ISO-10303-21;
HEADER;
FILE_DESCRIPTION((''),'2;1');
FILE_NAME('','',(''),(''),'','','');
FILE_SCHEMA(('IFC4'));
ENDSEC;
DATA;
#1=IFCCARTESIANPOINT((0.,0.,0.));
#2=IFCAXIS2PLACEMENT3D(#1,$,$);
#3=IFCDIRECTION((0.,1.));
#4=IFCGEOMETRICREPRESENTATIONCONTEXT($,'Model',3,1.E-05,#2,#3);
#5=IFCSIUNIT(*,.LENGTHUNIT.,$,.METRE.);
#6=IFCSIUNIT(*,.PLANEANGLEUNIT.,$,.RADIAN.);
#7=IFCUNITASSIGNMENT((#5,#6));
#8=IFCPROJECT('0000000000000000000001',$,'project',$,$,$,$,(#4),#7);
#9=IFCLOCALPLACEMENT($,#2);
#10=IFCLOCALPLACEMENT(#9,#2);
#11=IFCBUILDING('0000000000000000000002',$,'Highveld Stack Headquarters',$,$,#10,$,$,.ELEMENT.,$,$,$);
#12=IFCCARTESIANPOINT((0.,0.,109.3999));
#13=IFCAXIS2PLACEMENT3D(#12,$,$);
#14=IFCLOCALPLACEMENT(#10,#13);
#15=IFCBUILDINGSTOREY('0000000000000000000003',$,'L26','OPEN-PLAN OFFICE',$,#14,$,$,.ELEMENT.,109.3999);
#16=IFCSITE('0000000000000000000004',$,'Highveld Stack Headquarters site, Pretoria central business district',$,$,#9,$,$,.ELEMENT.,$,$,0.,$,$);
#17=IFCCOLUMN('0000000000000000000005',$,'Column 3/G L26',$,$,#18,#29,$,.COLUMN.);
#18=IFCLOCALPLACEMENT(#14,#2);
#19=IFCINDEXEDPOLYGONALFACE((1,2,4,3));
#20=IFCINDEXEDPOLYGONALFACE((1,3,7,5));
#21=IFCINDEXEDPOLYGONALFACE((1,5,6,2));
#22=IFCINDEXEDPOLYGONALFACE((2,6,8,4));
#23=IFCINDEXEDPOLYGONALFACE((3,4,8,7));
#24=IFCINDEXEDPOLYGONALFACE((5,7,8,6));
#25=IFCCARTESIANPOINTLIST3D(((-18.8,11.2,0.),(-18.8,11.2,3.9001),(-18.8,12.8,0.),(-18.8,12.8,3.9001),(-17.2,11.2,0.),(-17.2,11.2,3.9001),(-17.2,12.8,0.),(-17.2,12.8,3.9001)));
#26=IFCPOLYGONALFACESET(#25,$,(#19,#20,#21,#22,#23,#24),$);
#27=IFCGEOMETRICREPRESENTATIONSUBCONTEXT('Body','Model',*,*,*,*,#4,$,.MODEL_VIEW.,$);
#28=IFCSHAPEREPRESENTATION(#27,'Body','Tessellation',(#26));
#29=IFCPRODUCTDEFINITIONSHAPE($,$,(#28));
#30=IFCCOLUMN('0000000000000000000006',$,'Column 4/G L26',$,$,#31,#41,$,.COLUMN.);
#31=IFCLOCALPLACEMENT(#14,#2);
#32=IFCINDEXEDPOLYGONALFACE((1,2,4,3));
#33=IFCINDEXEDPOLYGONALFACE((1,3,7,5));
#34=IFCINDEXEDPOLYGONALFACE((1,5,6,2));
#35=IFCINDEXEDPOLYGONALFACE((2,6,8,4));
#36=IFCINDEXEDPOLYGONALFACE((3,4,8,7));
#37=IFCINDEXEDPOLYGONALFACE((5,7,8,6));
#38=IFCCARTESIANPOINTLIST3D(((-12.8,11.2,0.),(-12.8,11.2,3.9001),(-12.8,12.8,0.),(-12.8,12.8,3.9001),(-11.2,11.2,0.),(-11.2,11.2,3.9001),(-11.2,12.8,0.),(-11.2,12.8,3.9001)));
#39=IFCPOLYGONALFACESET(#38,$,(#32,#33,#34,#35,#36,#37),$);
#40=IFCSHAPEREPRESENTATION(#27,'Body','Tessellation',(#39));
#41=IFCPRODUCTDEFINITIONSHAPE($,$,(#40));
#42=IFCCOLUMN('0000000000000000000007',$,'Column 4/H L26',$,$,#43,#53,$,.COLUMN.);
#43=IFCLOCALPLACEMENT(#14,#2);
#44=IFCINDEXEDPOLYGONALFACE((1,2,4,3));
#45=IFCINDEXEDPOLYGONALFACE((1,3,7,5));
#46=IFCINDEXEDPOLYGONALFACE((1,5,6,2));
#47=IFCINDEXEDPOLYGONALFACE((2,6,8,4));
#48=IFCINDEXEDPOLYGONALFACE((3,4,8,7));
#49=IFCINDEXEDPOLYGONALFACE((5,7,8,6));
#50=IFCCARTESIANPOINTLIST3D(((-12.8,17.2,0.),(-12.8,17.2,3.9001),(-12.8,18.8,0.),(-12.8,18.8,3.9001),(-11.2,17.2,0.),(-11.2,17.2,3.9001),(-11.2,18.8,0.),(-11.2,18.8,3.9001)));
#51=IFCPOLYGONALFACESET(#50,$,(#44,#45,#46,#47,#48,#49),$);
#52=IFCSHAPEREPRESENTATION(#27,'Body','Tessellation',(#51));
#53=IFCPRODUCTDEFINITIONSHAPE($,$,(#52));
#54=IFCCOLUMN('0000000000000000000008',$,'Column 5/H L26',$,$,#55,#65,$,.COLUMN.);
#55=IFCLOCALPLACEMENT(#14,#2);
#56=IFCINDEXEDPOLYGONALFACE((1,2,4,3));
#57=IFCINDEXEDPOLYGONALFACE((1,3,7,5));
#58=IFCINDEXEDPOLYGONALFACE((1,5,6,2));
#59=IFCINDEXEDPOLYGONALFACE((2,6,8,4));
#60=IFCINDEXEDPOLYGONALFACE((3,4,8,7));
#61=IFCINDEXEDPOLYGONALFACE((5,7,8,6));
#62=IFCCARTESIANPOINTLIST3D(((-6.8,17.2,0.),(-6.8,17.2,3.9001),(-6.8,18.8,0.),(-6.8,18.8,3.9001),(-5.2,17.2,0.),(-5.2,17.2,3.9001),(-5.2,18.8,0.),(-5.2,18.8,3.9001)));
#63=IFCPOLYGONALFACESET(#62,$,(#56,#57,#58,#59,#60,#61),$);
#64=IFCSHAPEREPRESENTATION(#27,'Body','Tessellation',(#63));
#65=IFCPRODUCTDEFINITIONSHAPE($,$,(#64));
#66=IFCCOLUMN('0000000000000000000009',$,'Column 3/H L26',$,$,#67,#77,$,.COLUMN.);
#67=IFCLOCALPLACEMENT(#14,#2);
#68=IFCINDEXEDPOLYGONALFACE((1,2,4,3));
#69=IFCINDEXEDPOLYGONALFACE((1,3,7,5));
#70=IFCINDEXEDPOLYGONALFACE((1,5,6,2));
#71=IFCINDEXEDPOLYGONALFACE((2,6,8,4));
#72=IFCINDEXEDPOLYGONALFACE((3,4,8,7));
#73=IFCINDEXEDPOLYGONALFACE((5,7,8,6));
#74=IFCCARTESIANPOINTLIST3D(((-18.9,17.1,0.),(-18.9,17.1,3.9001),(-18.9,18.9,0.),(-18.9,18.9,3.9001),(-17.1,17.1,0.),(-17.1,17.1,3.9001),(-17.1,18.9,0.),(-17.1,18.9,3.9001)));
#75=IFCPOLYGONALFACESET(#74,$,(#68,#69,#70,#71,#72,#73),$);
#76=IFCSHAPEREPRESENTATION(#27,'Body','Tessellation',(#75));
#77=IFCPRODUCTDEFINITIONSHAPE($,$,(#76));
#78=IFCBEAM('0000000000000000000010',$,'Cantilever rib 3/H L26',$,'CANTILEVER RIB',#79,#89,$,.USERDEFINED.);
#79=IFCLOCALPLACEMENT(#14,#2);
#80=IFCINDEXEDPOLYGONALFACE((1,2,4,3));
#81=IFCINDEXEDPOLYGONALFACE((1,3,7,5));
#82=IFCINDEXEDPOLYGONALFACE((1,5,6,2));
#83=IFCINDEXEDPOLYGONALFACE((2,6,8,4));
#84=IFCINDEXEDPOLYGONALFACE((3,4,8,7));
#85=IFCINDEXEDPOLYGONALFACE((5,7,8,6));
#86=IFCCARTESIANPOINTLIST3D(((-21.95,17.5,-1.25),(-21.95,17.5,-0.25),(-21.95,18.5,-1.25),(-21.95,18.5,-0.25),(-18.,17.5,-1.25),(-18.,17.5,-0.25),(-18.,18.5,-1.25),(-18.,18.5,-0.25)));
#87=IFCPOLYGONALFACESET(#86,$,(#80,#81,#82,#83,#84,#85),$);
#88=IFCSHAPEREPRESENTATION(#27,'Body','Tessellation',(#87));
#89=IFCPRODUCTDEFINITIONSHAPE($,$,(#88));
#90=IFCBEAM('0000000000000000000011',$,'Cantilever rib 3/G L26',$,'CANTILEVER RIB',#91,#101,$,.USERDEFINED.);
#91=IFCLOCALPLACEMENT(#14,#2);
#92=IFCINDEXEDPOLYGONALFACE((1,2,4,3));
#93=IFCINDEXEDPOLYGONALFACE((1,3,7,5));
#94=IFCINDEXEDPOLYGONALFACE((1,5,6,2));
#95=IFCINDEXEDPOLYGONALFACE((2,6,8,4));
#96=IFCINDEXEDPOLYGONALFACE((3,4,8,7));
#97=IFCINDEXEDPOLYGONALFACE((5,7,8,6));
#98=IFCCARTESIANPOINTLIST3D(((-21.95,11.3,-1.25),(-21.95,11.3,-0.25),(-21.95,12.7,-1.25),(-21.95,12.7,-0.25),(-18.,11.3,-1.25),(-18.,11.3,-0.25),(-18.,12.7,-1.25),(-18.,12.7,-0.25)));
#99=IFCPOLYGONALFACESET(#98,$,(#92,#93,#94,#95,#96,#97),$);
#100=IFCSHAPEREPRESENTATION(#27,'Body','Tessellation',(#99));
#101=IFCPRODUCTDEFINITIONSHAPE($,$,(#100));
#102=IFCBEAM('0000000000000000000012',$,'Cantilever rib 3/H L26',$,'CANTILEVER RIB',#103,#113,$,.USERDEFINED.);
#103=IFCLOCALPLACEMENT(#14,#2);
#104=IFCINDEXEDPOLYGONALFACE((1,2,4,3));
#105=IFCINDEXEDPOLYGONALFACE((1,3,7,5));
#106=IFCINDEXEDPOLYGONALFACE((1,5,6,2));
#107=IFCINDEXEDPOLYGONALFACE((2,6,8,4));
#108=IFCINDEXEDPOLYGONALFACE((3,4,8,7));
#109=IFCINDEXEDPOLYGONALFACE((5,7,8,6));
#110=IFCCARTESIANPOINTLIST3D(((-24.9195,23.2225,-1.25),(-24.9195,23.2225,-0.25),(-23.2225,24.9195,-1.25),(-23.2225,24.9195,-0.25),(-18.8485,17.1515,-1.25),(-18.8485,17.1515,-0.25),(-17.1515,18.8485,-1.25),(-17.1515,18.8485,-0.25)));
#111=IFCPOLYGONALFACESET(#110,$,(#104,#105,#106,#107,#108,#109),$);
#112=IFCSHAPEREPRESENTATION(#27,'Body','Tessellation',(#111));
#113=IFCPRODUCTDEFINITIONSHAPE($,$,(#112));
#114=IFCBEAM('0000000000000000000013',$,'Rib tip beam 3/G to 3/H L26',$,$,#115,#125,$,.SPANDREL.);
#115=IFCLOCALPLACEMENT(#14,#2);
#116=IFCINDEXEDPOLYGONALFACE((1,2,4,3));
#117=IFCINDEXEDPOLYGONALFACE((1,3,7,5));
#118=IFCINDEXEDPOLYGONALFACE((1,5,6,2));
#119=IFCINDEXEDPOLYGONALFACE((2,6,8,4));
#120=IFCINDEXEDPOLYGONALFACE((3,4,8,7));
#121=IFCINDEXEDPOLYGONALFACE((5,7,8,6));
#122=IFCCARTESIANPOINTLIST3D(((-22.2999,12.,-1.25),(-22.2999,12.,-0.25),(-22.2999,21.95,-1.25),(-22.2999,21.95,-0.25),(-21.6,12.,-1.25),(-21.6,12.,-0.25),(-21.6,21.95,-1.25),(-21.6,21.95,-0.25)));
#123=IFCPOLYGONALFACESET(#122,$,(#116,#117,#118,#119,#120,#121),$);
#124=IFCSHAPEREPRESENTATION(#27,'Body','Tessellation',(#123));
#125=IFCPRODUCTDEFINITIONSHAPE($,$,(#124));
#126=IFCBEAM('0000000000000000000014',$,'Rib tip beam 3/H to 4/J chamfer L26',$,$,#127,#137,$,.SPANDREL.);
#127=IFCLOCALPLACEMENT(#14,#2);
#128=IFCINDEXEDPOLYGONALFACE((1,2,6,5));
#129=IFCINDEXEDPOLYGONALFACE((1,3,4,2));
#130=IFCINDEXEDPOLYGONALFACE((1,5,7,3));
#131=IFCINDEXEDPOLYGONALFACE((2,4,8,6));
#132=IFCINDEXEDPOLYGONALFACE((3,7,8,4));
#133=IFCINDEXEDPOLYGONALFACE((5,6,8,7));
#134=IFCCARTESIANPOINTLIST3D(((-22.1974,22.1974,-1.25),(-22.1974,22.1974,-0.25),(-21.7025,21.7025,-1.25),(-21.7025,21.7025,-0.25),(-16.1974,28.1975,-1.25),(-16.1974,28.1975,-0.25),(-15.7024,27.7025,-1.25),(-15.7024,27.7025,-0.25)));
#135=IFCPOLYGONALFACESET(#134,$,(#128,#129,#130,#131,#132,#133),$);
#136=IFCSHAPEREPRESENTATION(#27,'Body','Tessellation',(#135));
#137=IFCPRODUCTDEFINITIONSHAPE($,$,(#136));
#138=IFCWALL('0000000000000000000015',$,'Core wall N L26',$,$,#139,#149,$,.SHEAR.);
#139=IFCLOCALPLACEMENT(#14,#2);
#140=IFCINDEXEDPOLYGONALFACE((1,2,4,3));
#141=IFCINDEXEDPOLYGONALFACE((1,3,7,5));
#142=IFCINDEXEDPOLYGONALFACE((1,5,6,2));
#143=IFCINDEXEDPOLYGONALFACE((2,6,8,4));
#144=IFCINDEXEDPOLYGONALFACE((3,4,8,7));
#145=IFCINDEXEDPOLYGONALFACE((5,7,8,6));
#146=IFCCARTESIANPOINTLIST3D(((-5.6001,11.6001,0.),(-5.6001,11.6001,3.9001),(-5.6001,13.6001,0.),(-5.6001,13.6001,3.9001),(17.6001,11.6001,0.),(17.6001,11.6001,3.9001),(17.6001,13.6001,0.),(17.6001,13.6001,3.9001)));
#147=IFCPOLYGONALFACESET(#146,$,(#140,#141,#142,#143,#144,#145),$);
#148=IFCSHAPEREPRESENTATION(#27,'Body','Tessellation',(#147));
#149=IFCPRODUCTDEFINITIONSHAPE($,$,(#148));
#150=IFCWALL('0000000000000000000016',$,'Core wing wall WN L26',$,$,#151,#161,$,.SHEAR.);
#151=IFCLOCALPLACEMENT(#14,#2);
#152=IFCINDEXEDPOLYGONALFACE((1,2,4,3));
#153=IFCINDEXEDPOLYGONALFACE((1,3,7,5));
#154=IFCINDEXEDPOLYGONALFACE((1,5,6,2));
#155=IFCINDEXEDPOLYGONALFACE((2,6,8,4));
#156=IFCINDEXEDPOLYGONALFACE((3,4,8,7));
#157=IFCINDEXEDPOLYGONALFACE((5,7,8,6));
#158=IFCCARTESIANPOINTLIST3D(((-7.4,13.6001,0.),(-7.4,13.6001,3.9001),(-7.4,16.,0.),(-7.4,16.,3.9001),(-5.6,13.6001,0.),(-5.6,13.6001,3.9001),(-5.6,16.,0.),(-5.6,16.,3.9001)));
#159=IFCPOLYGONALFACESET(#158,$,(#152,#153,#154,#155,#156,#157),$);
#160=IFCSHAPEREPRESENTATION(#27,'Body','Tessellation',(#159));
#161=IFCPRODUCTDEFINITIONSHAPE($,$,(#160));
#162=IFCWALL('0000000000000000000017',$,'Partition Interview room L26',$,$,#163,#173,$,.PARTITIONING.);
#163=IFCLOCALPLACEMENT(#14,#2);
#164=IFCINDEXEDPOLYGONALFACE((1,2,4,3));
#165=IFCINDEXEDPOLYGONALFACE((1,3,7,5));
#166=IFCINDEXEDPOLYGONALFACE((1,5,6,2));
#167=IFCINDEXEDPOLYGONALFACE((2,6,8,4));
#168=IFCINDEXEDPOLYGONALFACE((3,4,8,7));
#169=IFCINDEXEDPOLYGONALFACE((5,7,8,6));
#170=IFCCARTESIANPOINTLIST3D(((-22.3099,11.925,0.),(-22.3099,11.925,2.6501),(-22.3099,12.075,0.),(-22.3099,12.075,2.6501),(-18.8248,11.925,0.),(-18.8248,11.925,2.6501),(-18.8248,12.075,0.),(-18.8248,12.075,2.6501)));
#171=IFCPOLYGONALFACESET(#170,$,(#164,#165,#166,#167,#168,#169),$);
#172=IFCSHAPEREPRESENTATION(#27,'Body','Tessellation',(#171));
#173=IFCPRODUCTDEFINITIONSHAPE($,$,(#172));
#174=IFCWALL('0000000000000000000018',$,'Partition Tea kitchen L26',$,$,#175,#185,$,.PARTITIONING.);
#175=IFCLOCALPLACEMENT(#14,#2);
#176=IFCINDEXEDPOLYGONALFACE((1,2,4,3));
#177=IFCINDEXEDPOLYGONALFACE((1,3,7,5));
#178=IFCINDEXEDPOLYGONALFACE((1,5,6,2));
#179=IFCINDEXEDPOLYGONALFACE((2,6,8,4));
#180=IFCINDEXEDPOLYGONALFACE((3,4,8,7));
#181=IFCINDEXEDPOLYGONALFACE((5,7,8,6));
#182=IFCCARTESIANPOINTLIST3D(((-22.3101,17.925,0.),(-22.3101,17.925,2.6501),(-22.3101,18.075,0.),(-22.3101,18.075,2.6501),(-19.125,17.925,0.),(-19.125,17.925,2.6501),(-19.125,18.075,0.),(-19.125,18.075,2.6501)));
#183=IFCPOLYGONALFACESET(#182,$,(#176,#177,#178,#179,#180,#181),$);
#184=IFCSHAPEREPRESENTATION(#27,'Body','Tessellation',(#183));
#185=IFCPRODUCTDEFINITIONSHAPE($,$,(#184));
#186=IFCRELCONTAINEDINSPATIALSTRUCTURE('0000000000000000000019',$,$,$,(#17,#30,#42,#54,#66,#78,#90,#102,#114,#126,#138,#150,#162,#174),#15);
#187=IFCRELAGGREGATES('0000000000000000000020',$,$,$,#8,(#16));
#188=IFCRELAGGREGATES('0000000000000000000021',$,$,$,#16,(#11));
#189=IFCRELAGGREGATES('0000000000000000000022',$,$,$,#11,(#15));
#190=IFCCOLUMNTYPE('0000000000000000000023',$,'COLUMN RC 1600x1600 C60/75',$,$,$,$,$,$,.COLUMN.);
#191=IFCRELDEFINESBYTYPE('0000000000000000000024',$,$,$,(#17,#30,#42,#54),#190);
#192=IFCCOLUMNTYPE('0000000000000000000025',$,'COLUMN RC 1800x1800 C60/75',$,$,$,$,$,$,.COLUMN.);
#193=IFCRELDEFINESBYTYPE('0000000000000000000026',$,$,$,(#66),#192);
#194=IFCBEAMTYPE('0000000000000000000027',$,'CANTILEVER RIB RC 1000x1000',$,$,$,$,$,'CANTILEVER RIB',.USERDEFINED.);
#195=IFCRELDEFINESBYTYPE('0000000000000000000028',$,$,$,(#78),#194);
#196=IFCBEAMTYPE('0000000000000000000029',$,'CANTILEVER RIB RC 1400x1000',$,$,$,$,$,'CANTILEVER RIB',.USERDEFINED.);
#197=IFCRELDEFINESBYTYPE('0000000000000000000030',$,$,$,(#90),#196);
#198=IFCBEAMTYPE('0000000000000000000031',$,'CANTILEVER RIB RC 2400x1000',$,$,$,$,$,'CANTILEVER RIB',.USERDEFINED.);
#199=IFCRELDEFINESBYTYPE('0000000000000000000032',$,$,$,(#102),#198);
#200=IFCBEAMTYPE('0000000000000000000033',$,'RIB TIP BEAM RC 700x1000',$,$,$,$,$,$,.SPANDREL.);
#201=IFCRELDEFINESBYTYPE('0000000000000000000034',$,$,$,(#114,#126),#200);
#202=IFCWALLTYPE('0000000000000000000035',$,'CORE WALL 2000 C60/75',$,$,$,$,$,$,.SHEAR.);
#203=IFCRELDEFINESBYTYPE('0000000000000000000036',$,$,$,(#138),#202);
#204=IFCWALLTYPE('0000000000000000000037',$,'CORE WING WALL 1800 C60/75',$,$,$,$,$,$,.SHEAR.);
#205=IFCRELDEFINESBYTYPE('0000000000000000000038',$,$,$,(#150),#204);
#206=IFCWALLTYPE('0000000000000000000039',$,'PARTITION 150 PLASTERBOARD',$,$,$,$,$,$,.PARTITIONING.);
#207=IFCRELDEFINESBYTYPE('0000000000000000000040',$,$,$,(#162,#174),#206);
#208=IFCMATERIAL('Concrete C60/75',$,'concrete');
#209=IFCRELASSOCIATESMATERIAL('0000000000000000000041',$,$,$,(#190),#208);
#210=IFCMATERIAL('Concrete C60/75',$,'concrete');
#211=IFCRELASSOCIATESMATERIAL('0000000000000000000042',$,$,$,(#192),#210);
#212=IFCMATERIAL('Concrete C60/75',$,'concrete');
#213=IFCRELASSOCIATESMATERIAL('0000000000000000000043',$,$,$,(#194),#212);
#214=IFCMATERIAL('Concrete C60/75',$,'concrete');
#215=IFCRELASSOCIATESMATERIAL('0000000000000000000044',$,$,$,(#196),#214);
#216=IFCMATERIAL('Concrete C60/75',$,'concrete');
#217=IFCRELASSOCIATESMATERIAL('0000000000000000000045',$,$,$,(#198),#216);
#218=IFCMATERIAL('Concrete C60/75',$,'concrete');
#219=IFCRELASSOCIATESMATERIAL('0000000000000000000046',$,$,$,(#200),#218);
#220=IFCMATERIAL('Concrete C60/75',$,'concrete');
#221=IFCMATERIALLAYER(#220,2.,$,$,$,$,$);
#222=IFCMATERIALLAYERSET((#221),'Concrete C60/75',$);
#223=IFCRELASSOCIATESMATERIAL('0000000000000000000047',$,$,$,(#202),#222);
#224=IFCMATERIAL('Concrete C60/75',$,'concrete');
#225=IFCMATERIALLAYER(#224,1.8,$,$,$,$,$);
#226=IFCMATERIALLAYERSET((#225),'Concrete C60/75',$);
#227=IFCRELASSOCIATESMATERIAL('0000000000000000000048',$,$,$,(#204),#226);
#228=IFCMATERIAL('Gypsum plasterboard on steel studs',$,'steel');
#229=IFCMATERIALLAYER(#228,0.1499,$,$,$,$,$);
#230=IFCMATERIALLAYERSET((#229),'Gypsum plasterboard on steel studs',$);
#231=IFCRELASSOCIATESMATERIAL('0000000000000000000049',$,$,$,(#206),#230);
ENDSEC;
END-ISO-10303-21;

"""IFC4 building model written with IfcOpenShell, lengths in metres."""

from ifc_helpers import new_model, si_unit, direction, frame, frame_2d, origin, origin_2d, place, context, subcontext, project, spatial, rectangle, extrude, material, layer, layer_set, material_profile, profile_set, type_object, element, save


model = new_model("IFC4")

# Units and contexts
model_context = context("Model", 3, precision=1e-05, world=origin(), true_north=direction((0.0, 1.0)))
body_context = subcontext(model_context, "Body", "Model", "MODEL_VIEW")
ifc_project = project(units=[si_unit("LENGTHUNIT", "METRE"), si_unit("PLANEANGLEUNIT", "RADIAN")], contexts=[model_context])

# Site, building, storey
site_placement = place(None, origin())
site = spatial("IfcSite", under=ifc_project, at=site_placement, Name="Highveld Stack Headquarters site, Pretoria central business district", CompositionType="ELEMENT", RefElevation=0.0)
building_placement = place(site_placement, origin())
building = spatial("IfcBuilding", under=site, at=building_placement, Name="Highveld Stack Headquarters", CompositionType="ELEMENT")
storey_placement = place(building_placement, frame((0.0, 0.0, 109.3999)))
storey = spatial("IfcBuildingStorey", under=building, at=storey_placement, Name="L26", Description="OPEN-PLAN OFFICE", CompositionType="ELEMENT", Elevation=109.3999)

# Columns
ifc_material_1 = material(Name="Concrete C60/75", Category="concrete")
ifc_material_profile_1 = material_profile(ifc_material_1, rectangle(XDim=1.6001, YDim=1.6001, at=origin_2d()), Name="RC 1600x1600")
ifc_profile_set_1 = profile_set([ifc_material_profile_1], Name="Concrete C60/75")
column_type_1 = type_object("IfcColumnType", Name="COLUMN RC 1600x1600 C60/75", PredefinedType="COLUMN", material=ifc_profile_set_1)
for number, where, z_axis, x_axis, name in (
    (1, (-18.0, 12.0, 0.0), (0.0, 0.0, 1.0), (1.0, 0.0, 0.0), "Column 3/G L26"),
    (2, (-12.0, 12.0, 0.0), (0.0, 0.0, 1.0), (1.0, 0.0, 0.0), "Column 4/G L26"),
    (3, (-12.0, 18.0, 0.0), (0.0, 0.0, 1.0), (1.0, 0.0, 0.0), "Column 4/H L26"),
    (4, (-6.0, 18.0, 0.0), (0.0, 0.0, 1.0), (1.0, 0.0, 0.0), "Column 5/H L26"),
):
    element("IfcColumn", number, at=place(storey_placement, frame(where, z_axis=z_axis, x_axis=x_axis)), inside=storey, type_object=column_type_1, Name=name, PredefinedType="COLUMN", context=body_context, shape_type="SweptSolid", body=[
        extrude(rectangle(XDim=1.6001, YDim=1.6001, at=origin_2d()), origin(), (0.0, 0.0, 1.0), 3.9001),
    ])
ifc_material_2 = material(Name="Concrete C60/75", Category="concrete")
ifc_material_profile_2 = material_profile(ifc_material_2, rectangle(XDim=1.8, YDim=1.8, at=origin_2d()), Name="RC 1800x1800")
ifc_profile_set_2 = profile_set([ifc_material_profile_2], Name="Concrete C60/75")
column_type_2 = type_object("IfcColumnType", Name="COLUMN RC 1800x1800 C60/75", PredefinedType="COLUMN", material=ifc_profile_set_2)
column_placement = place(storey_placement, frame((-18.0, 18.0, 0.0), z_axis=(0.0, 0.0, 1.0), x_axis=(1.0, 0.0, 0.0)))
element("IfcColumn", 5, at=column_placement, inside=storey, type_object=column_type_2, Name="Column 3/H L26", PredefinedType="COLUMN", context=body_context, shape_type="SweptSolid", body=[
    extrude(rectangle(XDim=1.8, YDim=1.8, at=origin_2d()), origin(), (0.0, 0.0, 1.0), 3.9001),
])

# Beams
ifc_material_3 = material(Name="Concrete C60/75", Category="concrete")
ifc_material_profile_3 = material_profile(ifc_material_3, rectangle(XDim=1.0, YDim=1.0, at=origin_2d()), Name="RC 1000x1000")
ifc_profile_set_3 = profile_set([ifc_material_profile_3], Name="Concrete C60/75")
beam_type_1 = type_object("IfcBeamType", Name="CANTILEVER RIB RC 1000x1000", ElementType="CANTILEVER RIB", PredefinedType="USERDEFINED", material=ifc_profile_set_3)
beam_1_placement = place(storey_placement, frame((-18.0, 18.0, -0.75), z_axis=(-1.0, 0.0, 0.0), x_axis=(0.0, -1.0, 0.0)))
element("IfcBeam", 6, at=beam_1_placement, inside=storey, type_object=beam_type_1, Name="Cantilever rib 3/H L26", ObjectType="CANTILEVER RIB", PredefinedType="USERDEFINED", context=body_context, shape_type="SweptSolid", body=[
    extrude(rectangle(XDim=1.0, YDim=1.0, at=origin_2d()), origin(), (0.0, 0.0, 1.0), 3.95),
])
ifc_material_4 = material(Name="Concrete C60/75", Category="concrete")
ifc_material_profile_4 = material_profile(ifc_material_4, rectangle(XDim=1.3999, YDim=1.0, at=origin_2d()), Name="RC 1400x1000")
ifc_profile_set_4 = profile_set([ifc_material_profile_4], Name="Concrete C60/75")
beam_type_2 = type_object("IfcBeamType", Name="CANTILEVER RIB RC 1400x1000", ElementType="CANTILEVER RIB", PredefinedType="USERDEFINED", material=ifc_profile_set_4)
beam_2_placement = place(storey_placement, frame((-18.0, 12.0, -0.75), z_axis=(-1.0, 0.0, 0.0), x_axis=(0.0, -1.0, 0.0)))
element("IfcBeam", 7, at=beam_2_placement, inside=storey, type_object=beam_type_2, Name="Cantilever rib 3/G L26", ObjectType="CANTILEVER RIB", PredefinedType="USERDEFINED", context=body_context, shape_type="SweptSolid", body=[
    extrude(rectangle(XDim=1.3999, YDim=1.0, at=origin_2d()), origin(), (0.0, 0.0, 1.0), 3.95),
])
ifc_material_5 = material(Name="Concrete C60/75", Category="concrete")
ifc_material_profile_5 = material_profile(ifc_material_5, rectangle(XDim=2.3999, YDim=1.0, at=origin_2d()), Name="RC 2400x1000")
ifc_profile_set_5 = profile_set([ifc_material_profile_5], Name="Concrete C60/75")
beam_type_3 = type_object("IfcBeamType", Name="CANTILEVER RIB RC 2400x1000", ElementType="CANTILEVER RIB", PredefinedType="USERDEFINED", material=ifc_profile_set_5)
beam_3_placement = place(storey_placement, frame((-18.0, 18.0, -0.75), z_axis=(-0.707107, 0.707107, 0.0), x_axis=(-0.707107, -0.707107, 0.0)))
element("IfcBeam", 8, at=beam_3_placement, inside=storey, type_object=beam_type_3, Name="Cantilever rib 3/H L26", ObjectType="CANTILEVER RIB", PredefinedType="USERDEFINED", context=body_context, shape_type="SweptSolid", body=[
    extrude(rectangle(XDim=2.3999, YDim=1.0, at=origin_2d()), origin(), (0.0, 0.0, 1.0), 8.5857),
])
ifc_material_6 = material(Name="Concrete C60/75", Category="concrete")
ifc_material_profile_6 = material_profile(ifc_material_6, rectangle(XDim=0.7, YDim=1.0, at=origin_2d()), Name="RC 700x1000")
ifc_profile_set_6 = profile_set([ifc_material_profile_6], Name="Concrete C60/75")
beam_type_4 = type_object("IfcBeamType", Name="RIB TIP BEAM RC 700x1000", PredefinedType="SPANDREL", material=ifc_profile_set_6)
beam_4_placement = place(storey_placement, frame((-21.95, 12.0, -0.75), z_axis=(0.0, 1.0, 0.0), x_axis=(-1.0, 0.0, 0.0)))
element("IfcBeam", 9, at=beam_4_placement, inside=storey, type_object=beam_type_4, Name="Rib tip beam 3/G to 3/H L26", PredefinedType="SPANDREL", context=body_context, shape_type="SweptSolid", body=[
    extrude(rectangle(XDim=0.7, YDim=1.0, at=origin_2d()), origin(), (0.0, 0.0, 1.0), 9.95),
])
beam_5_placement = place(storey_placement, frame((-21.95, 21.95, -0.75), z_axis=(0.707107, 0.707107, 0.0), x_axis=(-0.707107, 0.707107, 0.0)))
element("IfcBeam", 10, at=beam_5_placement, inside=storey, type_object=beam_type_4, Name="Rib tip beam 3/H to 4/J chamfer L26", PredefinedType="SPANDREL", context=body_context, shape_type="SweptSolid", body=[
    extrude(rectangle(XDim=0.7, YDim=1.0, at=origin_2d()), origin(), (0.0, 0.0, 1.0), 8.4854),
])

# Walls
ifc_material_7 = material(Name="Concrete C60/75", Category="concrete")
ifc_layer_1 = layer(ifc_material_7, 2.0)
ifc_layer_set_1 = layer_set([ifc_layer_1], Name="Concrete C60/75")
wall_type_1 = type_object("IfcWallType", Name="CORE WALL 2000 C60/75", PredefinedType="SHEAR", material=ifc_layer_set_1)
wall_1_placement = place(storey_placement, frame((-5.6001, 12.6001, 0.0), z_axis=(0.0, 0.0, 1.0), x_axis=(1.0, 0.0, 0.0)))
element("IfcWall", 11, at=wall_1_placement, inside=storey, type_object=wall_type_1, Name="Core wall N L26", PredefinedType="SHEAR", context=body_context, shape_type="SweptSolid", body=[
    extrude(rectangle(XDim=23.2002, YDim=2.0, at=frame_2d((11.6001, 0.0))), origin(), (0.0, 0.0, 1.0), 3.9001),
])
ifc_material_8 = material(Name="Concrete C60/75", Category="concrete")
ifc_layer_2 = layer(ifc_material_8, 1.8)
ifc_layer_set_2 = layer_set([ifc_layer_2], Name="Concrete C60/75")
wall_type_2 = type_object("IfcWallType", Name="CORE WING WALL 1800 C60/75", PredefinedType="SHEAR", material=ifc_layer_set_2)
wall_2_placement = place(storey_placement, frame((-6.5, 13.6001, 0.0), z_axis=(0.0, 0.0, 1.0), x_axis=(0.0, 1.0, 0.0)))
element("IfcWall", 12, at=wall_2_placement, inside=storey, type_object=wall_type_2, Name="Core wing wall WN L26", PredefinedType="SHEAR", context=body_context, shape_type="SweptSolid", body=[
    extrude(rectangle(XDim=2.3999, YDim=1.8, at=frame_2d((1.2, 0.0))), origin(), (0.0, 0.0, 1.0), 3.9001),
])
ifc_material_9 = material(Name="Gypsum plasterboard on steel studs", Category="steel")
ifc_layer_3 = layer(ifc_material_9, 0.1499)
ifc_layer_set_3 = layer_set([ifc_layer_3], Name="Gypsum plasterboard on steel studs")
wall_type_3 = type_object("IfcWallType", Name="PARTITION 150 PLASTERBOARD", PredefinedType="PARTITIONING", material=ifc_layer_set_3)
wall_3_placement = place(storey_placement, frame((-22.3101, 12.0, 0.0), z_axis=(0.0, 0.0, 1.0), x_axis=(1.0, 0.0, 0.0)))
element("IfcWall", 13, at=wall_3_placement, inside=storey, type_object=wall_type_3, Name="Partition Interview room L26", PredefinedType="PARTITIONING", context=body_context, shape_type="SweptSolid", body=[
    extrude(rectangle(XDim=3.4851, YDim=0.1499, at=frame_2d((1.7427, 0.0))), origin(), (0.0, 0.0, 1.0), 2.6501),
])
wall_4_placement = place(storey_placement, frame((-22.3101, 18.0, 0.0), z_axis=(0.0, 0.0, 1.0), x_axis=(1.0, 0.0, 0.0)))
element("IfcWall", 14, at=wall_4_placement, inside=storey, type_object=wall_type_3, Name="Partition Tea kitchen L26", PredefinedType="PARTITIONING", context=body_context, shape_type="SweptSolid", body=[
    extrude(rectangle(XDim=3.1851, YDim=0.1499, at=frame_2d((1.5925, 0.0))), origin(), (0.0, 0.0, 1.0), 2.6501),
])

save(model, "model.ifc")
